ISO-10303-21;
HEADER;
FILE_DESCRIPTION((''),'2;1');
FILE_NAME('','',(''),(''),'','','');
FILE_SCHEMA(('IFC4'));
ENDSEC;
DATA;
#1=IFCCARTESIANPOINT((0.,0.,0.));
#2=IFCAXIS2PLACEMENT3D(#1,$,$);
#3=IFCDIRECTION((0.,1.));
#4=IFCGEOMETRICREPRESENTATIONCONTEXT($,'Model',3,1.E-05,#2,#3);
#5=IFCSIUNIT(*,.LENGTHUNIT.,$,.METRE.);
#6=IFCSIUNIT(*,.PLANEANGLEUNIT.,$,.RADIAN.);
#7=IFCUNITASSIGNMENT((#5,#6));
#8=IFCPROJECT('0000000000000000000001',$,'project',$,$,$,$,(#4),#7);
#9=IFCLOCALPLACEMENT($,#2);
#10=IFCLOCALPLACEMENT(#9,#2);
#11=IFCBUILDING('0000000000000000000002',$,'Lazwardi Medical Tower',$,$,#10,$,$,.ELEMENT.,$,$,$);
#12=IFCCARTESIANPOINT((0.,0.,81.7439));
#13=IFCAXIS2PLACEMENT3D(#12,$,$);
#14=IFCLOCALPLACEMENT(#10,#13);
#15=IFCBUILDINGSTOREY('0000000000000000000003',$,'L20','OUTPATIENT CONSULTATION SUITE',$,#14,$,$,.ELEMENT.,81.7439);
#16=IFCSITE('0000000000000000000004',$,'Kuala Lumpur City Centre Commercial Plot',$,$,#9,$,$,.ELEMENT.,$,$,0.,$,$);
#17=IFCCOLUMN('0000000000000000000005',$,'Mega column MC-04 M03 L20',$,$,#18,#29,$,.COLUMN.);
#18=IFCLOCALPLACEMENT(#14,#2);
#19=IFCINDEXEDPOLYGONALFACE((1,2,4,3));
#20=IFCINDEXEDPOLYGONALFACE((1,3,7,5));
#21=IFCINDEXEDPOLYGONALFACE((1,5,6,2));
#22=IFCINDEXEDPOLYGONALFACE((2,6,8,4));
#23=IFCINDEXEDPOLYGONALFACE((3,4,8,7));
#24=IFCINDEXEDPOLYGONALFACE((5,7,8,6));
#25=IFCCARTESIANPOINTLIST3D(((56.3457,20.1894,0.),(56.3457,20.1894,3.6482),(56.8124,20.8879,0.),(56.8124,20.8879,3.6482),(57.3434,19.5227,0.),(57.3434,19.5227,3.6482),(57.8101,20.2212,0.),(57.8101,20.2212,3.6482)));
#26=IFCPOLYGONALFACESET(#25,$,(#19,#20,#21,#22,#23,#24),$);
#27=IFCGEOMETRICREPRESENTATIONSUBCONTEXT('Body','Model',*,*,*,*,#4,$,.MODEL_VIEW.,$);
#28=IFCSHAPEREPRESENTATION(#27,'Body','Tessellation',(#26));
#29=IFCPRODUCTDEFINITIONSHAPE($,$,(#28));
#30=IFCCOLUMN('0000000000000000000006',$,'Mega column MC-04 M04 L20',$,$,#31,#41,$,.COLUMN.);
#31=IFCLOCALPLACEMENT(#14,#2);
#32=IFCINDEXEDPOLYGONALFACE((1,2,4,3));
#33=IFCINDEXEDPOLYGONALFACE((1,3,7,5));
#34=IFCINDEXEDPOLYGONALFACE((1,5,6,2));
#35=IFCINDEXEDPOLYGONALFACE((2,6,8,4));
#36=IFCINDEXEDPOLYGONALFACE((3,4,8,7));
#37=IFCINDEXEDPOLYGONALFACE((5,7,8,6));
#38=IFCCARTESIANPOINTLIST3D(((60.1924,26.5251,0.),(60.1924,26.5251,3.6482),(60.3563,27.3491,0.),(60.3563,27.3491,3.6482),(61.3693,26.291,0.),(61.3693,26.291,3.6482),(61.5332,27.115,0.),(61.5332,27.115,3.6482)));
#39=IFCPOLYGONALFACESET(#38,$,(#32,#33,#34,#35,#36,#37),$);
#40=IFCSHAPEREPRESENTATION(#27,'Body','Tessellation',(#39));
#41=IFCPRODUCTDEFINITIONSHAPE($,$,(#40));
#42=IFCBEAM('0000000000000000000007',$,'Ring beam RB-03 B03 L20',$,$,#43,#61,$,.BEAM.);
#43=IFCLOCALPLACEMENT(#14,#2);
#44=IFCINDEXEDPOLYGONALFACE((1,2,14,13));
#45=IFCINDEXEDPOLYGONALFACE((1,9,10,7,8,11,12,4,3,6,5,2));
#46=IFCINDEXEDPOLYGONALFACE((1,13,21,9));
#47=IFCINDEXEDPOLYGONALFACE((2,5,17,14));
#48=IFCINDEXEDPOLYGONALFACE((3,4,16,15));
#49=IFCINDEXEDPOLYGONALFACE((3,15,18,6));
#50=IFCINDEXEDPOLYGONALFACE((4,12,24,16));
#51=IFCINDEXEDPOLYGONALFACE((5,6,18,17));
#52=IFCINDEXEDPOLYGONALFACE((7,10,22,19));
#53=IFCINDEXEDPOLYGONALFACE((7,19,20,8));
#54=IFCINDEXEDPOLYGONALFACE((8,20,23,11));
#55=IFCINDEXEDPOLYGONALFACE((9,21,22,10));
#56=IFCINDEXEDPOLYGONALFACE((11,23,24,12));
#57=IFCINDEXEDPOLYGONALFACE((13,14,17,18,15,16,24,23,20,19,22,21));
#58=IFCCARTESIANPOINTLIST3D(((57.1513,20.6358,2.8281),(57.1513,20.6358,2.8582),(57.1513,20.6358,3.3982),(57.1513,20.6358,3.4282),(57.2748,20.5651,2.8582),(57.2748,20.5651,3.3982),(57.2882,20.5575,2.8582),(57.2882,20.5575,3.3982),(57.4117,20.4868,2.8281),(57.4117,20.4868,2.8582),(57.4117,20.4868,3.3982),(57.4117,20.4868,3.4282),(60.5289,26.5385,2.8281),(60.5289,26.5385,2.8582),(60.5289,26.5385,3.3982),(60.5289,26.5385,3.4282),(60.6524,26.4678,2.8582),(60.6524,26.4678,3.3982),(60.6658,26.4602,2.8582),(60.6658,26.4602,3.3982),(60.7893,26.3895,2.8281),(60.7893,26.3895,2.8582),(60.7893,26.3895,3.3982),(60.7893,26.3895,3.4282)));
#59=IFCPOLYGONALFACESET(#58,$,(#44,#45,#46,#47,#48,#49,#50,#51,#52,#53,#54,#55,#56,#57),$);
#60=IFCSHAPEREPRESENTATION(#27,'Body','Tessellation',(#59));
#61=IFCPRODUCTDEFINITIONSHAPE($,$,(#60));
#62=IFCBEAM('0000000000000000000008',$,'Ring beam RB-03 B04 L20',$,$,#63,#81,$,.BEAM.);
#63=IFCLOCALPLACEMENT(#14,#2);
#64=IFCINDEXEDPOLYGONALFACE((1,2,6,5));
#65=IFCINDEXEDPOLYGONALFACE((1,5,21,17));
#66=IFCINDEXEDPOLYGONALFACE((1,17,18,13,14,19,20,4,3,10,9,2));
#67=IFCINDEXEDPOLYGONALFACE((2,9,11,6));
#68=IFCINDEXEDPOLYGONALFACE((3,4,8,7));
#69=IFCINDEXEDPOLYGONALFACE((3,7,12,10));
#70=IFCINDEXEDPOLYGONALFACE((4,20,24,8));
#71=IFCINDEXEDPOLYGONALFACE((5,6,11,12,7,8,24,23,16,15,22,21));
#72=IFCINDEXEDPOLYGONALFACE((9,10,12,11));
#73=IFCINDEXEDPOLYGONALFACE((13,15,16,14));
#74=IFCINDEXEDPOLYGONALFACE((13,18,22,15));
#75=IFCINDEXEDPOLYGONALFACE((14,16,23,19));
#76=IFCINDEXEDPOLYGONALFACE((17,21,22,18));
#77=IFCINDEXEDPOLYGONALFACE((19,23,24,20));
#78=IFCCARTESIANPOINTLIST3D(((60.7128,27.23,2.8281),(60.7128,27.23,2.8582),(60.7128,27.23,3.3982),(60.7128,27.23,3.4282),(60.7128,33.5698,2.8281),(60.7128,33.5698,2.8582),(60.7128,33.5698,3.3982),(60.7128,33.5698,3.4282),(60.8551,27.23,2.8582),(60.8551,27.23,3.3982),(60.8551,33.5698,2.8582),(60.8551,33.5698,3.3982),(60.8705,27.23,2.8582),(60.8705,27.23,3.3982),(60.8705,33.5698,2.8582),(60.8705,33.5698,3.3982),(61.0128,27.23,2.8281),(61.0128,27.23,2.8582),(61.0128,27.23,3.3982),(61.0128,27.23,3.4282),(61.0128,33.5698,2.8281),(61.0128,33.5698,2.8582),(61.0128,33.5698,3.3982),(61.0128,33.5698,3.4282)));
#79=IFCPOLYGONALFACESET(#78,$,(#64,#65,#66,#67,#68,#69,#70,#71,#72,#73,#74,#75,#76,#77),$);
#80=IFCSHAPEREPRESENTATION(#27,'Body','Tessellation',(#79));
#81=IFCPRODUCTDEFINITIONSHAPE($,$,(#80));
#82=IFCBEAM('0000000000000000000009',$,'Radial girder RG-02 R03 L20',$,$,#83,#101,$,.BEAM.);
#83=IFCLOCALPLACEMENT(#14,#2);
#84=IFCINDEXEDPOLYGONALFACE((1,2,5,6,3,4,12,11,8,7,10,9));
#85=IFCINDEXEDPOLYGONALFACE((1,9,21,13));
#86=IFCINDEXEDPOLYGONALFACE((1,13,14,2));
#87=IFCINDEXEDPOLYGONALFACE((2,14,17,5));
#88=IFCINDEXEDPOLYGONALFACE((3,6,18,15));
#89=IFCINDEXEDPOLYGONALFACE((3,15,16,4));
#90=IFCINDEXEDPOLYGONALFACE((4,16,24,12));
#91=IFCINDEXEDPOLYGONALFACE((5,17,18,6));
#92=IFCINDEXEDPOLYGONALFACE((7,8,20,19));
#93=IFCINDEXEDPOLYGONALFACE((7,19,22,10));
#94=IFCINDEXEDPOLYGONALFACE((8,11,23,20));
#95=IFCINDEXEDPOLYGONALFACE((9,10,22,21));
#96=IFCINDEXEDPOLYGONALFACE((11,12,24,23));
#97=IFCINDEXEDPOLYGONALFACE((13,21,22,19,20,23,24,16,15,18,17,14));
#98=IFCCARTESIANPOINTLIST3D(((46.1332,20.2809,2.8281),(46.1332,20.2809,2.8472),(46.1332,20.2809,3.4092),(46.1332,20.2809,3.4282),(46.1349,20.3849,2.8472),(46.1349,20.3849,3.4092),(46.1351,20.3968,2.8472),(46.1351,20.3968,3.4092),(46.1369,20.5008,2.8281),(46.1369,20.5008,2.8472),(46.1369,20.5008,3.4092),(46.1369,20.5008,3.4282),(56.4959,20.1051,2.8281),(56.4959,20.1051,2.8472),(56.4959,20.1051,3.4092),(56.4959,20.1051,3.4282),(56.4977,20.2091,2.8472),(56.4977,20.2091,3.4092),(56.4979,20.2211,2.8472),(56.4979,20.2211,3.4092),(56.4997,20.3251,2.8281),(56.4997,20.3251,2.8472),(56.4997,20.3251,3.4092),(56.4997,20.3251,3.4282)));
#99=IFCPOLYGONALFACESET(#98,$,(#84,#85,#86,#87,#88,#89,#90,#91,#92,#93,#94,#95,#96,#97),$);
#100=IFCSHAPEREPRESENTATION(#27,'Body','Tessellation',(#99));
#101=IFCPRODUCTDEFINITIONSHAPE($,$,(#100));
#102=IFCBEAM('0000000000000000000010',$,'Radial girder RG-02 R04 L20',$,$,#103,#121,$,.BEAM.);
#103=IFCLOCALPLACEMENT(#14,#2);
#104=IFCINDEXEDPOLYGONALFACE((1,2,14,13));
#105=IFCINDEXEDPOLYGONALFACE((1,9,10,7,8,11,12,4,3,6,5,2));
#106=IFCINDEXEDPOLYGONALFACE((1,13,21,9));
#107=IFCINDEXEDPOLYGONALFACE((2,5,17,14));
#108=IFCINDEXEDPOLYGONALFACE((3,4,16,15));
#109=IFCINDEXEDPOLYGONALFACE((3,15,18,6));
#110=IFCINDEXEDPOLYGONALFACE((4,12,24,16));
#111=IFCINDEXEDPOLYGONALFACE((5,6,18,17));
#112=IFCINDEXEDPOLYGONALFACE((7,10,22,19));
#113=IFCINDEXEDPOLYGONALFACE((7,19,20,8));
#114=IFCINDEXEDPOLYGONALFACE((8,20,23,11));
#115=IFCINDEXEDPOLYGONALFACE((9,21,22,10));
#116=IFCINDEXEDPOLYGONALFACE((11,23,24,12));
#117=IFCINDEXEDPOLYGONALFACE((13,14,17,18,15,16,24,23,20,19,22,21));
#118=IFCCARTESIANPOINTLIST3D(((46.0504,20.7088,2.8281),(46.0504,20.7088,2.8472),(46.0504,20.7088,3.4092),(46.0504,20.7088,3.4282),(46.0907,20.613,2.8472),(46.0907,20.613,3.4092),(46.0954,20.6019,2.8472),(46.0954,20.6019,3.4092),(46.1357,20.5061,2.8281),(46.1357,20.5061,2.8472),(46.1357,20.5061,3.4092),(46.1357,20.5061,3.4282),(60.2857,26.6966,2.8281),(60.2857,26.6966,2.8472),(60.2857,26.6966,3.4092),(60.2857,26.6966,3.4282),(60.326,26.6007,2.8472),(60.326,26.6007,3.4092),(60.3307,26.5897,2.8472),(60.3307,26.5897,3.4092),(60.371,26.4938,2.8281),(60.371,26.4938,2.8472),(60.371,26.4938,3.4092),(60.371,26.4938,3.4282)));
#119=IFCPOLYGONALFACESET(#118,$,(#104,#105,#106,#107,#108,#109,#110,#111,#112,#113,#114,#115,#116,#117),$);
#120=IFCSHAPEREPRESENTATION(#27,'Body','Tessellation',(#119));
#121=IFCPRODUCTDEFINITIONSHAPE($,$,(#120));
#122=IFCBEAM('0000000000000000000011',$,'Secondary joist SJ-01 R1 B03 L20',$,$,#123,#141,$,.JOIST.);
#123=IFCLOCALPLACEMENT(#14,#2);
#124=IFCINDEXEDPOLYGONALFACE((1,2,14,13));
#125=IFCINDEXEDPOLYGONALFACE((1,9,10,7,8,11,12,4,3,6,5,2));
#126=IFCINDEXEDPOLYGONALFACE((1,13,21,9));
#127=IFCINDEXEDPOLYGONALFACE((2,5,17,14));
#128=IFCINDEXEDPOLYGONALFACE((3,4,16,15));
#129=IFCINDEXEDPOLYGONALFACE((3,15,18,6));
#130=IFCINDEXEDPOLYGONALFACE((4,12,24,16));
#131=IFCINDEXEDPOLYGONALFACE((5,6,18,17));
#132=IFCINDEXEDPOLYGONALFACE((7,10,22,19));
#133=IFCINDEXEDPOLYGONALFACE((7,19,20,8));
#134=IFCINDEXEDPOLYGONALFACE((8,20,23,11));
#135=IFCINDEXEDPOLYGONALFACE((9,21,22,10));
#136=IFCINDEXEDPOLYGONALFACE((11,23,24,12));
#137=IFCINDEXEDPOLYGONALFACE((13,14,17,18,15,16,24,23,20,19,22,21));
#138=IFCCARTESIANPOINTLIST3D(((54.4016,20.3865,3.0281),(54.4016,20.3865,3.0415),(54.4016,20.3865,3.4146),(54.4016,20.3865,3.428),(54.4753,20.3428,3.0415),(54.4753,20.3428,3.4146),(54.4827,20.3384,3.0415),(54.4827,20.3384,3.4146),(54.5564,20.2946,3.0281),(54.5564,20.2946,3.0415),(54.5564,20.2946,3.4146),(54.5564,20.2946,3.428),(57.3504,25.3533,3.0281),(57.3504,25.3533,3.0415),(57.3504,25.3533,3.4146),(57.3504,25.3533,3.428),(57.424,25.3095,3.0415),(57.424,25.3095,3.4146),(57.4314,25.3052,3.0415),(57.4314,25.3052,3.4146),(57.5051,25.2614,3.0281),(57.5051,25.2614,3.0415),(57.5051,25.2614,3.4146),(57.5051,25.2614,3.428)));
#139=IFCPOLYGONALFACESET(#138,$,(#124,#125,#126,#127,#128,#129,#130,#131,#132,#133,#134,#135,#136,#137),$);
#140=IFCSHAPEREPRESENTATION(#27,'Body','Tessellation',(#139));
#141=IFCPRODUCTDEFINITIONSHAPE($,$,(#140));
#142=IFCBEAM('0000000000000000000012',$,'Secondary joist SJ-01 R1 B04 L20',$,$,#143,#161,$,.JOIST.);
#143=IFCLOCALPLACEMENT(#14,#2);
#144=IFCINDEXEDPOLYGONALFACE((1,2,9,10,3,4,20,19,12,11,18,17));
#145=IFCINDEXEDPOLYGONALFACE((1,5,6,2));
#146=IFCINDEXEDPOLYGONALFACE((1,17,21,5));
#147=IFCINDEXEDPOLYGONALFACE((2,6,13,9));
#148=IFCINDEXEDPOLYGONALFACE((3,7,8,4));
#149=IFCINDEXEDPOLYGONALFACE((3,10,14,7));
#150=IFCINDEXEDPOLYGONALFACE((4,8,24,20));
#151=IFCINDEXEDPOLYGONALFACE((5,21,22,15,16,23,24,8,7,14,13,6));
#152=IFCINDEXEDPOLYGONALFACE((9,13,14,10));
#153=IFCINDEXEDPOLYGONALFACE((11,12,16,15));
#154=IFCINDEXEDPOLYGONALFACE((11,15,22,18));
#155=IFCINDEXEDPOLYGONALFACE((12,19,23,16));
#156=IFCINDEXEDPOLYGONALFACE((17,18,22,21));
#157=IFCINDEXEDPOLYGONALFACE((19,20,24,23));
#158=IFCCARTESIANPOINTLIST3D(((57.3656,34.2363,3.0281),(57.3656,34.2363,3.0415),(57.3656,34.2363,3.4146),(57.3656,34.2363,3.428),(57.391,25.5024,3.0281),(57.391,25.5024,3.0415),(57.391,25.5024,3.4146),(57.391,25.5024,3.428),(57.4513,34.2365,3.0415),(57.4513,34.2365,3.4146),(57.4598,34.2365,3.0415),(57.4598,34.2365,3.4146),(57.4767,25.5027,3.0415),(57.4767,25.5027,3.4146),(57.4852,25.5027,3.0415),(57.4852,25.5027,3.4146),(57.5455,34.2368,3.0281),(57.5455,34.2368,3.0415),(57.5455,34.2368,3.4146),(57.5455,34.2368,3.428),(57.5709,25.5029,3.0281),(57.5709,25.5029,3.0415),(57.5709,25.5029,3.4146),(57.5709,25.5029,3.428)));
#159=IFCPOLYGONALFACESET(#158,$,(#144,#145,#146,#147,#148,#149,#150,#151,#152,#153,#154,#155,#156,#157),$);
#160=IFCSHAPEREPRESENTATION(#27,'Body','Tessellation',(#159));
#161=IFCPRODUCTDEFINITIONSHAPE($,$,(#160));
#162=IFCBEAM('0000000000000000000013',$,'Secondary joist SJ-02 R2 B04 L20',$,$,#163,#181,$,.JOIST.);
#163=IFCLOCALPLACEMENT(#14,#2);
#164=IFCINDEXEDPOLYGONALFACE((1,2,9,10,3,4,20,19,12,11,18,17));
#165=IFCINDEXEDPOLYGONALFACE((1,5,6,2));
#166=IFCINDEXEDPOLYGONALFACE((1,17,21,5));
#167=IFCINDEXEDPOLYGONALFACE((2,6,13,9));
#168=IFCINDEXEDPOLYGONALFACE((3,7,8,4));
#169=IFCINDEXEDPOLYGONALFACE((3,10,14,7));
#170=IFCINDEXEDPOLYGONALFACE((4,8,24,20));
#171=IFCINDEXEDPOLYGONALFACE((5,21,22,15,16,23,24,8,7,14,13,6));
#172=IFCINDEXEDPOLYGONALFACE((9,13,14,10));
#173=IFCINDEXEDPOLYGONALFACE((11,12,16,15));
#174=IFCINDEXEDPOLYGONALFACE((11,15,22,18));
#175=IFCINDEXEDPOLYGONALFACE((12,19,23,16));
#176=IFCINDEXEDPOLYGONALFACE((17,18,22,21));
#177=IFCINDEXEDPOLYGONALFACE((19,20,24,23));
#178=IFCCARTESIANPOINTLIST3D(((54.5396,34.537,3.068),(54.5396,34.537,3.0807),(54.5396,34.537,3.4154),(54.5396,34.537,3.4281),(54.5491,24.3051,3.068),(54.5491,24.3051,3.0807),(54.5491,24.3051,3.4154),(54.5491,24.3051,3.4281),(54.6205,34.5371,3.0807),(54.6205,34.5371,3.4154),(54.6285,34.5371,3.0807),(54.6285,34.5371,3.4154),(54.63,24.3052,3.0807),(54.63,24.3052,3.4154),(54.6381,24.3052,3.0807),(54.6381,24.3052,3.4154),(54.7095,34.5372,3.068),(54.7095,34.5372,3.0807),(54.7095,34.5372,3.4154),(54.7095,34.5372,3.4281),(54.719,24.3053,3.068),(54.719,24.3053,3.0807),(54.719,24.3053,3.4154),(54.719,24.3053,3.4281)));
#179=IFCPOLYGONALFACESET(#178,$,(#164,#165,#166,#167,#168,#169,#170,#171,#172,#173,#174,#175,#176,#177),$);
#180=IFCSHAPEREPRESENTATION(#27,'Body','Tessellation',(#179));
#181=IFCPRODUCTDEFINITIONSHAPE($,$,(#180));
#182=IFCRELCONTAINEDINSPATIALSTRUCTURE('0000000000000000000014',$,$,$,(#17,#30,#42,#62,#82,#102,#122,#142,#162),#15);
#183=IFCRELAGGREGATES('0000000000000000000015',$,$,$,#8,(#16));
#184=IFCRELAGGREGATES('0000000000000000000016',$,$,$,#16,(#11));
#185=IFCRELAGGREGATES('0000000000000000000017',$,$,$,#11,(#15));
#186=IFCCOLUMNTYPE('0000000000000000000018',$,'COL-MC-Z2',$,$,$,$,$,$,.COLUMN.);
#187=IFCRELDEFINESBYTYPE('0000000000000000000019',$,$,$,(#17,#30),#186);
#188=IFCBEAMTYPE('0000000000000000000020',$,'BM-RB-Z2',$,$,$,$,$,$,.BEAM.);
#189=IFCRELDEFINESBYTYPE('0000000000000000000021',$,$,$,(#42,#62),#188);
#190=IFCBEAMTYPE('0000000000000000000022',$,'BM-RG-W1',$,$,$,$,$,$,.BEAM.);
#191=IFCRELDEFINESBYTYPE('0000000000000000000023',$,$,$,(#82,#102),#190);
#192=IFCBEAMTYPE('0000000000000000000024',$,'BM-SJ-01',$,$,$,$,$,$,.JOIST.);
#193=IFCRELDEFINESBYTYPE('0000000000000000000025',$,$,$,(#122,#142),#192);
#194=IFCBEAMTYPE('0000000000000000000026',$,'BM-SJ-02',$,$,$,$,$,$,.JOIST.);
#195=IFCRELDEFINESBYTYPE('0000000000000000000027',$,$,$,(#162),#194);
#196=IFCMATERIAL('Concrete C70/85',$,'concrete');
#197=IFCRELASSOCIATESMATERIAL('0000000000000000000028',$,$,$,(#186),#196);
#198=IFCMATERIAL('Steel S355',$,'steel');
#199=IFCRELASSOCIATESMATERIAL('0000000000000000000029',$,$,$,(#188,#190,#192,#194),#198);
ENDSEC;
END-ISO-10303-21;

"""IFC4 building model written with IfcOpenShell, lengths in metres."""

from ifc_helpers import new_model, si_unit, direction, frame, origin, origin_2d, place, context, subcontext, project, spatial, rectangle, i_section, extrude, material, material_profile, profile_set, type_object, element, save


model = new_model("IFC4")

# Units and contexts
model_context = context("Model", 3, precision=1e-05, world=origin(), true_north=direction((0.0, 1.0)))
body_context = subcontext(model_context, "Body", "Model", "MODEL_VIEW")
ifc_project = project(units=[si_unit("LENGTHUNIT", "METRE"), si_unit("PLANEANGLEUNIT", "RADIAN")], contexts=[model_context])

# Site, building, storey
site_placement = place(None, origin())
site = spatial("IfcSite", under=ifc_project, at=site_placement, Name="Kuala Lumpur City Centre Commercial Plot", CompositionType="ELEMENT", RefElevation=0.0)
building_placement = place(site_placement, origin())
building = spatial("IfcBuilding", under=site, at=building_placement, Name="Lazwardi Medical Tower", CompositionType="ELEMENT")
storey_placement = place(building_placement, frame((0.0, 0.0, 81.7439)))
storey = spatial("IfcBuildingStorey", under=building, at=storey_placement, Name="L20", Description="OUTPATIENT CONSULTATION SUITE", CompositionType="ELEMENT", Elevation=81.7439)

# Columns
ifc_material_1 = material(Name="Concrete C70/85", Category="concrete")
ifc_material_profile_1 = material_profile(ifc_material_1, rectangle(XDim=1.2, YDim=0.8401, at=origin_2d()), Name="CFT-RECT 1200x840")
ifc_profile_set_1 = profile_set([ifc_material_profile_1], Name="Concrete C70/85")
column_type = type_object("IfcColumnType", Name="COL-MC-Z2", PredefinedType="COLUMN", material=ifc_profile_set_1)
for number, where, z_axis, x_axis, name in (
    (1, (57.0779, 20.2053, 0.0), (0.0, 0.0, 1.0), (0.83147, -0.55557, 0.0), "Mega column MC-04 M03 L20"),
    (2, (60.8628, 26.8201, 0.0), (0.0, 0.0, 1.0), (0.980785, -0.19509, 0.0), "Mega column MC-04 M04 L20"),
):
    element("IfcColumn", number, at=place(storey_placement, frame(where, z_axis=z_axis, x_axis=x_axis)), inside=storey, type_object=column_type, Name=name, PredefinedType="COLUMN", context=body_context, shape_type="SweptSolid", body=[
        extrude(rectangle(XDim=1.2, YDim=0.8401, at=origin_2d()), origin(), (0.0, 0.0, 1.0), 3.6482),
    ])

# Beams
ifc_material_2 = material(Name="Steel S355", Category="steel")
ifc_material_profile_2 = material_profile(ifc_material_2, i_section(OverallWidth=0.3, OverallDepth=0.6001, WebThickness=0.0154, FlangeThickness=0.03, at=origin_2d()), Name="HEB 600")
ifc_profile_set_2 = profile_set([ifc_material_profile_2], Name="Steel S355")
beam_type_1 = type_object("IfcBeamType", Name="BM-RB-Z2", PredefinedType="BEAM", material=ifc_profile_set_2)
beam_1_placement = place(storey_placement, frame((57.2815, 20.5613, 3.1282), z_axis=(0.496653, 0.867949, 0.0), x_axis=(-0.867949, 0.496653, 0.0)))
element("IfcBeam", 3, at=beam_1_placement, inside=storey, type_object=beam_type_1, Name="Ring beam RB-03 B03 L20", PredefinedType="BEAM", context=body_context, shape_type="SweptSolid", body=[
    extrude(i_section(OverallWidth=0.3, OverallDepth=0.6001, WebThickness=0.0154, FlangeThickness=0.03, at=origin_2d()), origin(), (0.0, 0.0, 1.0), 6.8008),
])
beam_2_placement = place(storey_placement, frame((60.8628, 27.23, 3.1282), z_axis=(0.0, 1.0, 0.0), x_axis=(-1.0, 0.0, 0.0)))
element("IfcBeam", 4, at=beam_2_placement, inside=storey, type_object=beam_type_1, Name="Ring beam RB-03 B04 L20", PredefinedType="BEAM", context=body_context, shape_type="SweptSolid", body=[
    extrude(i_section(OverallWidth=0.3, OverallDepth=0.6001, WebThickness=0.0154, FlangeThickness=0.03, at=origin_2d()), origin(), (0.0, 0.0, 1.0), 6.3398),
])
ifc_material_profile_3 = material_profile(ifc_material_2, i_section(OverallWidth=0.22, OverallDepth=0.6001, WebThickness=0.012, FlangeThickness=0.019, at=origin_2d()), Name="IPE 600")
ifc_profile_set_3 = profile_set([ifc_material_profile_3], Name="Steel S355")
beam_type_2 = type_object("IfcBeamType", Name="BM-RG-W1", PredefinedType="BEAM", material=ifc_profile_set_3)
beam_3_placement = place(storey_placement, frame((56.4978, 20.2151, 3.1282), z_axis=(-0.999856, 0.01696, 0.0), x_axis=(-0.01696, -0.999856, 0.0)))
element("IfcBeam", 5, at=beam_3_placement, inside=storey, type_object=beam_type_2, Name="Radial girder RG-02 R03 L20", PredefinedType="BEAM", context=body_context, shape_type="SweptSolid", body=[
    extrude(i_section(OverallWidth=0.22, OverallDepth=0.6001, WebThickness=0.012, FlangeThickness=0.019, at=origin_2d()), origin(), (0.0, 0.0, 1.0), 10.3643),
])
beam_4_placement = place(storey_placement, frame((60.3284, 26.5952, 3.1282), z_axis=(-0.921775, -0.387725, 0.0), x_axis=(0.387725, -0.921775, 0.0)))
element("IfcBeam", 6, at=beam_4_placement, inside=storey, type_object=beam_type_2, Name="Radial girder RG-02 R04 L20", PredefinedType="BEAM", context=body_context, shape_type="SweptSolid", body=[
    extrude(i_section(OverallWidth=0.22, OverallDepth=0.6001, WebThickness=0.012, FlangeThickness=0.019, at=origin_2d()), origin(), (0.0, 0.0, 1.0), 15.4434),
])
ifc_material_profile_4 = material_profile(ifc_material_2, i_section(OverallWidth=0.1799, OverallDepth=0.3999, WebThickness=0.0085, FlangeThickness=0.0134, at=origin_2d()), Name="IPE 400")
ifc_profile_set_4 = profile_set([ifc_material_profile_4], Name="Steel S355")
beam_type_3 = type_object("IfcBeamType", Name="BM-SJ-01", PredefinedType="JOIST", material=ifc_profile_set_4)
beam_5_placement = place(storey_placement, frame((54.479, 20.3406, 3.228), z_axis=(0.5105, 0.859878, 0.0), x_axis=(-0.859878, 0.5105, 0.0)))
element("IfcBeam", 7, at=beam_5_placement, inside=storey, type_object=beam_type_3, Name="Secondary joist SJ-01 R1 B03 L20", PredefinedType="JOIST", context=body_context, shape_type="SweptSolid", body=[
    extrude(i_section(OverallWidth=0.1799, OverallDepth=0.3999, WebThickness=0.0085, FlangeThickness=0.0134, at=origin_2d()), origin(), (0.0, 0.0, 1.0), 5.7761),
])
beam_6_placement = place(storey_placement, frame((57.481, 25.5027, 3.228), z_axis=(-0.002907, 0.999996, 0.0), x_axis=(-0.999996, -0.002907, 0.0)))
element("IfcBeam", 8, at=beam_6_placement, inside=storey, type_object=beam_type_3, Name="Secondary joist SJ-01 R1 B04 L20", PredefinedType="JOIST", context=body_context, shape_type="SweptSolid", body=[
    extrude(i_section(OverallWidth=0.1799, OverallDepth=0.3999, WebThickness=0.0085, FlangeThickness=0.0134, at=origin_2d()), origin(), (0.0, 0.0, 1.0), 8.7339),
])
ifc_material_profile_5 = material_profile(ifc_material_2, i_section(OverallWidth=0.1699, OverallDepth=0.3601, WebThickness=0.0081, FlangeThickness=0.0127, at=origin_2d()), Name="IPE 360")
ifc_profile_set_5 = profile_set([ifc_material_profile_5], Name="Steel S355")
beam_type_4 = type_object("IfcBeamType", Name="BM-SJ-02", PredefinedType="JOIST", material=ifc_profile_set_5)
beam_7_placement = place(storey_placement, frame((54.634, 24.3052, 3.248), z_axis=(-0.000931, 1.0, 0.0), x_axis=(-1.0, -0.000931, 0.0)))
element("IfcBeam", 9, at=beam_7_placement, inside=storey, type_object=beam_type_4, Name="Secondary joist SJ-02 R2 B04 L20", PredefinedType="JOIST", context=body_context, shape_type="SweptSolid", body=[
    extrude(i_section(OverallWidth=0.1699, OverallDepth=0.3601, WebThickness=0.0081, FlangeThickness=0.0127, at=origin_2d()), origin(), (0.0, 0.0, 1.0), 10.2319),
])

save(model, "model.ifc")
